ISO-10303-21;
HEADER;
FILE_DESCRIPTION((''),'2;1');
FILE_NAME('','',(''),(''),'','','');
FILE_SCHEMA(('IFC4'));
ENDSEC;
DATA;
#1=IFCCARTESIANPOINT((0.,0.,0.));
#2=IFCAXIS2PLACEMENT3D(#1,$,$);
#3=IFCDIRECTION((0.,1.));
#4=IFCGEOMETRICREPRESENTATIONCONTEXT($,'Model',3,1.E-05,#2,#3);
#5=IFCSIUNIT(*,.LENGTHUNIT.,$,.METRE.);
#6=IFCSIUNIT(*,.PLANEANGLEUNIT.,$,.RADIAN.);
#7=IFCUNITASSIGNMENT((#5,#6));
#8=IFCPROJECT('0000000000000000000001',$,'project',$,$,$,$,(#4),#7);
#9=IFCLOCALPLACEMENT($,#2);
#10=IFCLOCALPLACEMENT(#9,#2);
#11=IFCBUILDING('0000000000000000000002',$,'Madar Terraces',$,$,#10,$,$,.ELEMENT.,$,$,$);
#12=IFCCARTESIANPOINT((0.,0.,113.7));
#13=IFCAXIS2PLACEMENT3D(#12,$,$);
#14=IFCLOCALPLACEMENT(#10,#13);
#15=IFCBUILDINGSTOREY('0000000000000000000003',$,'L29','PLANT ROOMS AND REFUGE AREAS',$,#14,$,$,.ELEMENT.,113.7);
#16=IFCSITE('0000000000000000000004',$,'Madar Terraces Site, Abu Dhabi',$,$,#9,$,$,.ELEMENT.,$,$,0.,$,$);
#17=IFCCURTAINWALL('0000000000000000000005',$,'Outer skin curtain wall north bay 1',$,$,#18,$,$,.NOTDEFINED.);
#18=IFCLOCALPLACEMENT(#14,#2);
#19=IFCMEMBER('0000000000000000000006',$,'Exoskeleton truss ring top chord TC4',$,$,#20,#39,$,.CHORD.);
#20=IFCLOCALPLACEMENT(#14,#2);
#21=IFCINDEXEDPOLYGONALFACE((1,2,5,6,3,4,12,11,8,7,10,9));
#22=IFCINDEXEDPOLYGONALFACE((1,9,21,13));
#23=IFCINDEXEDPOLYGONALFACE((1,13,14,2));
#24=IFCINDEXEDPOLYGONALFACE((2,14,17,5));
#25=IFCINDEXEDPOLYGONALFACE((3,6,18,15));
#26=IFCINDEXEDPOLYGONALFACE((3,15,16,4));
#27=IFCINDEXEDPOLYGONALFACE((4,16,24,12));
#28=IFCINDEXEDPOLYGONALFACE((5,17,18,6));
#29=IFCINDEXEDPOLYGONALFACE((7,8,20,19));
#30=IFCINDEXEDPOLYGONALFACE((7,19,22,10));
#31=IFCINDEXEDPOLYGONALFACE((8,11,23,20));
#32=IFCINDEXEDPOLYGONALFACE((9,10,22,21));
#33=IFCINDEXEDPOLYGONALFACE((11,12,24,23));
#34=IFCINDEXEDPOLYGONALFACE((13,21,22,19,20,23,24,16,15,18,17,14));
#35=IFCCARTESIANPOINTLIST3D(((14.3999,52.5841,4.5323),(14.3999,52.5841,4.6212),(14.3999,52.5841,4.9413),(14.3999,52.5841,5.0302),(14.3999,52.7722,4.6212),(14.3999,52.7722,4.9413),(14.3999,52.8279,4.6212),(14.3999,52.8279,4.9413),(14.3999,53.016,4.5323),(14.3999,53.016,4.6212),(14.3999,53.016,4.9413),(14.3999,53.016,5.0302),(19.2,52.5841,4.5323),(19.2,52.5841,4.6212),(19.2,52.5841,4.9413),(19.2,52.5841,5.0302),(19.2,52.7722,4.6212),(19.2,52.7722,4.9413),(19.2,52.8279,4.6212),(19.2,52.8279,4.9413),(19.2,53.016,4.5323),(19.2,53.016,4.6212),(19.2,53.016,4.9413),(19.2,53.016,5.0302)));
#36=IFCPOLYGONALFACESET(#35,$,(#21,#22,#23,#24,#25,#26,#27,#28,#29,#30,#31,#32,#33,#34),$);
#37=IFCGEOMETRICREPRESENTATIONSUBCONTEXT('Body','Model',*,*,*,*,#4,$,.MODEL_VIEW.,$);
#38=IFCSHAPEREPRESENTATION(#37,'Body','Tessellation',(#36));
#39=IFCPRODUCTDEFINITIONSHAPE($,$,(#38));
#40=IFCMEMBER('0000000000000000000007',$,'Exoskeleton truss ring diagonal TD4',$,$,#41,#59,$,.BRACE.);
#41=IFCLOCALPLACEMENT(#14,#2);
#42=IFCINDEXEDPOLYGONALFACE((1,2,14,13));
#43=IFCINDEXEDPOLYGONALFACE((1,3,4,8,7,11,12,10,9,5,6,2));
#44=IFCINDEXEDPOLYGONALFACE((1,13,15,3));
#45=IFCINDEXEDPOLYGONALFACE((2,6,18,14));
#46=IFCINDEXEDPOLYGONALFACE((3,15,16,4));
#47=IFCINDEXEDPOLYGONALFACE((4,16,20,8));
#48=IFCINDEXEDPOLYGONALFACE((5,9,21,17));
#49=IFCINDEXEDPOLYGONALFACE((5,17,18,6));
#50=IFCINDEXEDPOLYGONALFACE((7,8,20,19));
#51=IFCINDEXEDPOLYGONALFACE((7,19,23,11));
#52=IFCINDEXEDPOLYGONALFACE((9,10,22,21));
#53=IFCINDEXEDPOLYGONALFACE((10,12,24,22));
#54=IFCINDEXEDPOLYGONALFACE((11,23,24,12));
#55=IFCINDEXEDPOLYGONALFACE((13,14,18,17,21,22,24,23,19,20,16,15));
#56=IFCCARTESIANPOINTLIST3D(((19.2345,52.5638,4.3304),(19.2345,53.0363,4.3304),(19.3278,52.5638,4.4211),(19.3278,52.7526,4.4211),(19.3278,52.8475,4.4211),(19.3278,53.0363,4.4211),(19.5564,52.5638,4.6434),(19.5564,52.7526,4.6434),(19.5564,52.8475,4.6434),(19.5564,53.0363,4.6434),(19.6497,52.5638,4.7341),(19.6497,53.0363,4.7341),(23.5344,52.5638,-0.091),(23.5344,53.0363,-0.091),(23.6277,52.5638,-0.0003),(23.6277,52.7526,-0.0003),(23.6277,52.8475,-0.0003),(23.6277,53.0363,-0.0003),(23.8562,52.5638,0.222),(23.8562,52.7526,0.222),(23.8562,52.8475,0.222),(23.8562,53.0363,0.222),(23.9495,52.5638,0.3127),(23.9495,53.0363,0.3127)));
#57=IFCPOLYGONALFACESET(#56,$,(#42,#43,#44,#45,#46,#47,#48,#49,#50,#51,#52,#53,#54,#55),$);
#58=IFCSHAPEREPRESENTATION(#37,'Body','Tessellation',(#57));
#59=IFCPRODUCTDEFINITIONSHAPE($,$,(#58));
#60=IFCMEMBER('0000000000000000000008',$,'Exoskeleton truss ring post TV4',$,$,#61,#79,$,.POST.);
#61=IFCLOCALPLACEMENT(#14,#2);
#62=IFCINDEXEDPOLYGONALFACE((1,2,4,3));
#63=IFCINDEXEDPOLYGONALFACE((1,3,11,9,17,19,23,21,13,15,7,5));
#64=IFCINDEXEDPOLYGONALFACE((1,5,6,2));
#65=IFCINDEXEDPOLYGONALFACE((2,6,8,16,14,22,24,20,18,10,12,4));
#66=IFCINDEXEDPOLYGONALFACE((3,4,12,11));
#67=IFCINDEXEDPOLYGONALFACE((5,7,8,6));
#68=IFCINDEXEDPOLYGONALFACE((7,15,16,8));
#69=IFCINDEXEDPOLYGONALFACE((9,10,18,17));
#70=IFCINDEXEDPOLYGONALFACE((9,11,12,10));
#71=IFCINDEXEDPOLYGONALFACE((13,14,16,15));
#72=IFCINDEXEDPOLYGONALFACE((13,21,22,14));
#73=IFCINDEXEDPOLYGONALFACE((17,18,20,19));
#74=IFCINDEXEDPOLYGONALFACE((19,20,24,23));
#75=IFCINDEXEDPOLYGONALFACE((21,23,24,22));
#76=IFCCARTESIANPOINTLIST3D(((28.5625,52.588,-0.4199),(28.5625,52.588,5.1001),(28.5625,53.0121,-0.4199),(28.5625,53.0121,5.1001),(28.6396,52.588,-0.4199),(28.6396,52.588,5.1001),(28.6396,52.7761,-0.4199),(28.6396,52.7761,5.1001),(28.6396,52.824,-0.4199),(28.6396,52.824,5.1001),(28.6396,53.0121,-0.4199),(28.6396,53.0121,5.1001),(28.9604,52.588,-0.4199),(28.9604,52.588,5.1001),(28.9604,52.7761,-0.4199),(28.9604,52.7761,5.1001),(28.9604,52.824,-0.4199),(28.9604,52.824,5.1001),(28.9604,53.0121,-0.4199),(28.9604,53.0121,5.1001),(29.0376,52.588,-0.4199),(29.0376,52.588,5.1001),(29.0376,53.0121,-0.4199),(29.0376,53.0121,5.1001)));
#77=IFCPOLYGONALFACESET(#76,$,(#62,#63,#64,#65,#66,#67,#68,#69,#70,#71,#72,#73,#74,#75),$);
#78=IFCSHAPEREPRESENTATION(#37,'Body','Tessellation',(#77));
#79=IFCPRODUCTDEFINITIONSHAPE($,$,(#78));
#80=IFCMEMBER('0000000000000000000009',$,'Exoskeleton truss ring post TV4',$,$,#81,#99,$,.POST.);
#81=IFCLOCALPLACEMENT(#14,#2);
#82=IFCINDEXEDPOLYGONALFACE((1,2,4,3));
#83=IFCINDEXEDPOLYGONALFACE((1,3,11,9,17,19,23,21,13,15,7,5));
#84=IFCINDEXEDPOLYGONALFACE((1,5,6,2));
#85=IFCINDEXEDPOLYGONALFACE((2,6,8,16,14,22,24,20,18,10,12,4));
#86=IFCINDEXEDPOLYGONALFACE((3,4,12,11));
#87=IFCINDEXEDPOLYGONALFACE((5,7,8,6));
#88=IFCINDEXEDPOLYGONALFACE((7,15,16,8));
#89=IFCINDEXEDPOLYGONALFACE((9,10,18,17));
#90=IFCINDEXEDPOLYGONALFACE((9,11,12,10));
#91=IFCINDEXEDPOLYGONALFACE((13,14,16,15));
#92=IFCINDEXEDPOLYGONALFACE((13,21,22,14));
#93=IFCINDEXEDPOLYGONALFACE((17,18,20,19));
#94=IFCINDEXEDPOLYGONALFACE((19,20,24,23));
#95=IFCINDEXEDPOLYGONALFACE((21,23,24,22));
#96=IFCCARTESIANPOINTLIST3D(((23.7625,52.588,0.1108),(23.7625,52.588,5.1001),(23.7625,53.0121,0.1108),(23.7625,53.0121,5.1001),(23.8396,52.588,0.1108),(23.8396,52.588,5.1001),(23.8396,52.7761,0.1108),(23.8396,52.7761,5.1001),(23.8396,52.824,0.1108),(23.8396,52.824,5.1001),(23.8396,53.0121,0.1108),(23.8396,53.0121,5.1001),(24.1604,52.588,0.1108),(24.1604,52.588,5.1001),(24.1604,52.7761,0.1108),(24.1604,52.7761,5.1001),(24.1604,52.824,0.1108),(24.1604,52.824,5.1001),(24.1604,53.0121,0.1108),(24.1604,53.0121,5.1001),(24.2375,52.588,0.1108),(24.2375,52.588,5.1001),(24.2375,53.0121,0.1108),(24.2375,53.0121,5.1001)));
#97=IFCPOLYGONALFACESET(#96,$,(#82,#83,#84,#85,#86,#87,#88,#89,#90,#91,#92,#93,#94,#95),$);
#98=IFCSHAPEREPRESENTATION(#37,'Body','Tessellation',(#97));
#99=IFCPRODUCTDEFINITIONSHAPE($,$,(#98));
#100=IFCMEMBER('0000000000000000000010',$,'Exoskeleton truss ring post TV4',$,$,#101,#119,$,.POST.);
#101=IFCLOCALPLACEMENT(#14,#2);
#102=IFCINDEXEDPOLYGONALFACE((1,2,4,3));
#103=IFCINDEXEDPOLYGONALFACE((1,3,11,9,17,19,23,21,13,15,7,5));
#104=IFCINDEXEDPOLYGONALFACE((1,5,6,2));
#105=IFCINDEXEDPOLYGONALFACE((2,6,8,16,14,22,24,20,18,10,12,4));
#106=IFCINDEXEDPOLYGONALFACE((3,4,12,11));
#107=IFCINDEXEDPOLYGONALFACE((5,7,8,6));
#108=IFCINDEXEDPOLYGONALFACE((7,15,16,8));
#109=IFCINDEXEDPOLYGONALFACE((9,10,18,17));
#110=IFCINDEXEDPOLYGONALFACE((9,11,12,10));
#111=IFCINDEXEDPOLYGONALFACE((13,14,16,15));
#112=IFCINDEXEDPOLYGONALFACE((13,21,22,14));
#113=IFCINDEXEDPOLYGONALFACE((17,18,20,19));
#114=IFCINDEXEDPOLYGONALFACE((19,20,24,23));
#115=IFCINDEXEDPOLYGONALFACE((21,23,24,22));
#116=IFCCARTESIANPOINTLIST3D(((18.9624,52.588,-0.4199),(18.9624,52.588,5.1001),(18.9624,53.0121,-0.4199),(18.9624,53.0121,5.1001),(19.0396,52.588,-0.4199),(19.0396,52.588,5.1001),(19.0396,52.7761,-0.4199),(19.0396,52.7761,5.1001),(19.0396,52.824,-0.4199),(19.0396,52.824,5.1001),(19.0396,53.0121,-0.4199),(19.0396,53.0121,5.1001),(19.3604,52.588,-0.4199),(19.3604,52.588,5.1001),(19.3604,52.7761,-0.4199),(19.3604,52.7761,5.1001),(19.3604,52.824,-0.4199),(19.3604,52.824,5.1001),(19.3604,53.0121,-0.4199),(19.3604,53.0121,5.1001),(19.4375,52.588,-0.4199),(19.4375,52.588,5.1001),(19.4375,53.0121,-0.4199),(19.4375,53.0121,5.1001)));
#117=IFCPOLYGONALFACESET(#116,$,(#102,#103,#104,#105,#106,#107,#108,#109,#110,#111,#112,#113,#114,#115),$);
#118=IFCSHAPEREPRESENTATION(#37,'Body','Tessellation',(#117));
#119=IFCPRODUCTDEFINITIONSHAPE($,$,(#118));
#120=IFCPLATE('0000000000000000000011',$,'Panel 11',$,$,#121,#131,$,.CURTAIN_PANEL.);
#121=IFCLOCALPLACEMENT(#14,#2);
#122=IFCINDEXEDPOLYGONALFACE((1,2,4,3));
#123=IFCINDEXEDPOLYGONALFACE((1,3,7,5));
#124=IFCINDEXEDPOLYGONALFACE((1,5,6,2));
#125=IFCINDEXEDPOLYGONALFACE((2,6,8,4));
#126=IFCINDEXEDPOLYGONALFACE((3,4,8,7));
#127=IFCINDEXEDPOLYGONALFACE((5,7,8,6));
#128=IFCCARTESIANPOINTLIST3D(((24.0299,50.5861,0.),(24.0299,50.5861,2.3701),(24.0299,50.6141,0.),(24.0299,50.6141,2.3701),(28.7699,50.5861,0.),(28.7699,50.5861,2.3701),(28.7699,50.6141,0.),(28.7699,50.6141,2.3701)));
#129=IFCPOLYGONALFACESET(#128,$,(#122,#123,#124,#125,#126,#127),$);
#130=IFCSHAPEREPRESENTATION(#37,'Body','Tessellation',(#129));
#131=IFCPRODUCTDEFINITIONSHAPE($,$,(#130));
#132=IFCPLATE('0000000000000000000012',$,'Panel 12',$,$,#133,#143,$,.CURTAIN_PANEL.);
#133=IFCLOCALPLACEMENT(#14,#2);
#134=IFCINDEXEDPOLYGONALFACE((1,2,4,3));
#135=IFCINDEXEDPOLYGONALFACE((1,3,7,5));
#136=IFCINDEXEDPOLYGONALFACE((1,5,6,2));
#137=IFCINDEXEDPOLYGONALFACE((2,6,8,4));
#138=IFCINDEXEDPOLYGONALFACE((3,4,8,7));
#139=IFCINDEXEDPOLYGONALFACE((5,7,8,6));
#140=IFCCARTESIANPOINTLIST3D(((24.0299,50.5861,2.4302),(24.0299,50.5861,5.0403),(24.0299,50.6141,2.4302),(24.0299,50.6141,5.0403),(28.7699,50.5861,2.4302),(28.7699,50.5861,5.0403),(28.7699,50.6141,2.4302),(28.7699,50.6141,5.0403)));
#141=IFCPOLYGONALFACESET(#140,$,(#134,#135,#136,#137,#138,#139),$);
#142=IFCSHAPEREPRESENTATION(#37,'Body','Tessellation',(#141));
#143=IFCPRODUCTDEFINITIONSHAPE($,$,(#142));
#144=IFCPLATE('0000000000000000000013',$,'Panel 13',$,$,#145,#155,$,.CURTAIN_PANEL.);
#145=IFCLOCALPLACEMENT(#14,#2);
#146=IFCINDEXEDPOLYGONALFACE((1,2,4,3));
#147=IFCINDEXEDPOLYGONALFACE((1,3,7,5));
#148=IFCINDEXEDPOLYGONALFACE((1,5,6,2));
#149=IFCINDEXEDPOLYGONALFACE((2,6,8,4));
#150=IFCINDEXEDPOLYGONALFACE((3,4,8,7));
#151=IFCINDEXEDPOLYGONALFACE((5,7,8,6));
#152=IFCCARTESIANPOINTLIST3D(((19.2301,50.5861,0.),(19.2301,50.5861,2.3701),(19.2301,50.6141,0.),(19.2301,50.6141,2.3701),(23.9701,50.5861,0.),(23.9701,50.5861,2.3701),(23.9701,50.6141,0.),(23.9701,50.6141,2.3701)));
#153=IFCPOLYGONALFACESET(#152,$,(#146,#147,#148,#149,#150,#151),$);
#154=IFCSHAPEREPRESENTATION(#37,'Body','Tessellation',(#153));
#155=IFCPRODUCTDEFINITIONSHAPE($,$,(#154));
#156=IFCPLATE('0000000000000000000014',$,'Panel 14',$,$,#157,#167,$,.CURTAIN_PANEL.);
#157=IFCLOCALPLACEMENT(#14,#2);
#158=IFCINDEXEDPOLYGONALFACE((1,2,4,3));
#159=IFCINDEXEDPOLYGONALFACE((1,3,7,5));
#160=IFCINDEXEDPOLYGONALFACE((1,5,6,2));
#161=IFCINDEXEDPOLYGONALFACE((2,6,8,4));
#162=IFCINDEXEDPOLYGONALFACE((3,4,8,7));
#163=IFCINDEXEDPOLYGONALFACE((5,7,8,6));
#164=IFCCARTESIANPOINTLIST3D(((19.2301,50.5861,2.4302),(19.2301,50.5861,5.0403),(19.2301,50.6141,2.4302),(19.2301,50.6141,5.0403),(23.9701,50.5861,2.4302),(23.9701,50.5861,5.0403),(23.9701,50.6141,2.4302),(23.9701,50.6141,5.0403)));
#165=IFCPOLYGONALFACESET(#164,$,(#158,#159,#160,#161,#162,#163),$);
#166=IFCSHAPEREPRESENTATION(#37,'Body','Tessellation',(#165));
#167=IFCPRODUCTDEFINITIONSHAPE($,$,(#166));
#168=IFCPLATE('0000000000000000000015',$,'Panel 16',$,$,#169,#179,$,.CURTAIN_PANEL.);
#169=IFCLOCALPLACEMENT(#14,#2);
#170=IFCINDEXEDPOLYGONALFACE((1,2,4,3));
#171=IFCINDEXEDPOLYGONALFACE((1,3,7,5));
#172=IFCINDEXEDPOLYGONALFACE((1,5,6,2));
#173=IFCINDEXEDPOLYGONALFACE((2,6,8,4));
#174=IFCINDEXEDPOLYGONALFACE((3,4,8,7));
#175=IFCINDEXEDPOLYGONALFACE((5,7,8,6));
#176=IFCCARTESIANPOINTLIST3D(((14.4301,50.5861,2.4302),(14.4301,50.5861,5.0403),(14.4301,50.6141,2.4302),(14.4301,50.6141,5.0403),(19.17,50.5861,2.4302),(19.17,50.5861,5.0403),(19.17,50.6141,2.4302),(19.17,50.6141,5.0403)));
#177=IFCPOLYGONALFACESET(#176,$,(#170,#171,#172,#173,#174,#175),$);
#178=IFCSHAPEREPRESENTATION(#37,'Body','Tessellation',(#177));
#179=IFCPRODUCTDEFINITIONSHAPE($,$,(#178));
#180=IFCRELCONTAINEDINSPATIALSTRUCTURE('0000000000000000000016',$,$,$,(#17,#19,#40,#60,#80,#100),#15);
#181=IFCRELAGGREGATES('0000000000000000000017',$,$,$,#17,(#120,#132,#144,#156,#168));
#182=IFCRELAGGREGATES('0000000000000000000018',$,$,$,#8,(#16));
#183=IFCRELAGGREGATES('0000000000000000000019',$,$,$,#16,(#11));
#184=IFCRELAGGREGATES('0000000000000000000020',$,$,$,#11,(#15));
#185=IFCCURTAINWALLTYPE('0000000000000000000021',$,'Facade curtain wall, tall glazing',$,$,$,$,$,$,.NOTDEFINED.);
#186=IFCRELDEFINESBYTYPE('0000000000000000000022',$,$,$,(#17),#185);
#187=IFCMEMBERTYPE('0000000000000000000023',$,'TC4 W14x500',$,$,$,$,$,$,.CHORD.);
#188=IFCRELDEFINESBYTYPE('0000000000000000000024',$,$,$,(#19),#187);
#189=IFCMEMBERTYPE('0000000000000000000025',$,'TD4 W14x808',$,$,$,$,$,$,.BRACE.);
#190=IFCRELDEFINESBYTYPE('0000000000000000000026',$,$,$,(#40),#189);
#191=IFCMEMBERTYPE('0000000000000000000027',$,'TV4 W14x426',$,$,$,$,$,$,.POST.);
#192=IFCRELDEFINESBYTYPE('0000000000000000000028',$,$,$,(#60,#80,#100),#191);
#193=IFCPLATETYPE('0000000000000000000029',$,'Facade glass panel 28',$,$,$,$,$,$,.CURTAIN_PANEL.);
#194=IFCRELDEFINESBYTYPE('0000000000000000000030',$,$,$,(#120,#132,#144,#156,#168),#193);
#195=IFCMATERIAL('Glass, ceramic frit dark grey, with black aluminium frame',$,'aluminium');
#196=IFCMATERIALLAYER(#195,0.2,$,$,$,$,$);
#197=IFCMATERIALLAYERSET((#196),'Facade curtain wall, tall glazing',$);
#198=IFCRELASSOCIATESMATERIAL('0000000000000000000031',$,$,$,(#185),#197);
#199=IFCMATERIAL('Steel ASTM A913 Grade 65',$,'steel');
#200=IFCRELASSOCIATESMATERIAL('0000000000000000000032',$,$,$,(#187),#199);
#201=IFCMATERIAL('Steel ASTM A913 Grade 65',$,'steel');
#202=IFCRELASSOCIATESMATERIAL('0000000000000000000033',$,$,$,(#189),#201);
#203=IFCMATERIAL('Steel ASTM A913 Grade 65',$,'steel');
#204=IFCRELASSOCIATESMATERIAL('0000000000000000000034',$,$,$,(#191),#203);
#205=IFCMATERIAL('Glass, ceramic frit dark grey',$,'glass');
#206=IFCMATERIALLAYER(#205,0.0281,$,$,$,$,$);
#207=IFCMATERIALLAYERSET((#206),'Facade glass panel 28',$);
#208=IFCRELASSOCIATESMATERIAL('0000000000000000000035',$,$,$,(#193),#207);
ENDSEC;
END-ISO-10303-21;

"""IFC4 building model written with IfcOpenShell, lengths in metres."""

from ifc_helpers import new_model, si_unit, direction, frame, origin, origin_2d, place, context, subcontext, project, spatial, rectangle, i_section, extrude, material, layer, layer_set, material_profile, profile_set, type_object, element, aggregate, save


model = new_model("IFC4")

# Units and contexts
model_context = context("Model", 3, precision=1e-05, world=origin(), true_north=direction((0.0, 1.0)))
body_context = subcontext(model_context, "Body", "Model", "MODEL_VIEW")
ifc_project = project(units=[si_unit("LENGTHUNIT", "METRE"), si_unit("PLANEANGLEUNIT", "RADIAN")], contexts=[model_context])

# Site, building, storey
site_placement = place(None, origin())
site = spatial("IfcSite", under=ifc_project, at=site_placement, Name="Madar Terraces Site, Abu Dhabi", CompositionType="ELEMENT", RefElevation=0.0)
building_placement = place(site_placement, origin())
building = spatial("IfcBuilding", under=site, at=building_placement, Name="Madar Terraces", CompositionType="ELEMENT")
storey_placement = place(building_placement, frame((0.0, 0.0, 113.7)))
storey = spatial("IfcBuildingStorey", under=building, at=storey_placement, Name="L29", Description="PLANT ROOMS AND REFUGE AREAS", CompositionType="ELEMENT", Elevation=113.7)

# Curtain wall
ifc_material_1 = material(Name="Glass, ceramic frit dark grey, with black aluminium frame", Category="aluminium")
ifc_layer_1 = layer(ifc_material_1, 0.2)
ifc_layer_set_1 = layer_set([ifc_layer_1], Name="Facade curtain wall, tall glazing")
curtain_wall_type = type_object("IfcCurtainWallType", Name="Facade curtain wall, tall glazing", PredefinedType="NOTDEFINED", material=ifc_layer_set_1)
curtain_wall_placement = place(storey_placement, origin())
curtain_wall = element("IfcCurtainWall", 1, at=curtain_wall_placement, inside=storey, type_object=curtain_wall_type, Name="Outer skin curtain wall north bay 1", PredefinedType="NOTDEFINED")

# Members
ifc_material_2 = material(Name="Steel ASTM A913 Grade 65", Category="steel")
ifc_material_profile_1 = material_profile(ifc_material_2, i_section(OverallWidth=0.4319, OverallDepth=0.4978, WebThickness=0.0557, FlangeThickness=0.0889, at=origin_2d()), Name="W14x500")
ifc_profile_set_1 = profile_set([ifc_material_profile_1], Name="Steel ASTM A913 Grade 65")
member_type_1 = type_object("IfcMemberType", Name="TC4 W14x500", PredefinedType="CHORD", material=ifc_profile_set_1)
for number, where, z_axis, x_axis, name in (
    (2, (19.2, 52.8, 4.7812), (-1.0, 0.0, 0.0), (0.0, -1.0, 0.0), "Exoskeleton truss ring top chord TC4"),
):
    element("IfcMember", number, at=place(storey_placement, frame(where, z_axis=z_axis, x_axis=x_axis)), inside=storey, type_object=member_type_1, Name=name, PredefinedType="CHORD", context=body_context, shape_type="SweptSolid", body=[
        extrude(i_section(OverallWidth=0.4319, OverallDepth=0.4978, WebThickness=0.0557, FlangeThickness=0.0889, at=origin_2d()), origin(), (0.0, 0.0, 1.0), 4.8),
    ])
ifc_material_3 = material(Name="Steel ASTM A913 Grade 65", Category="steel")
ifc_material_profile_2 = material_profile(ifc_material_3, i_section(OverallWidth=0.4724, OverallDepth=0.5791, WebThickness=0.095, FlangeThickness=0.1301, at=origin_2d()), Name="W14x808")
ifc_profile_set_2 = profile_set([ifc_material_profile_2], Name="Steel ASTM A913 Grade 65")
member_type_2 = type_object("IfcMemberType", Name="TD4 W14x808", PredefinedType="BRACE", material=ifc_profile_set_2)
member_1_placement = place(storey_placement, frame((23.7419, 52.8, 0.1108), z_axis=(-0.697181, 0.0, 0.716895), x_axis=(0.0, -1.0, 0.0)))
element("IfcMember", 3, at=member_1_placement, inside=storey, type_object=member_type_2, Name="Exoskeleton truss ring diagonal TD4", PredefinedType="BRACE", context=body_context, shape_type="SweptSolid", body=[
    extrude(i_section(OverallWidth=0.4724, OverallDepth=0.5791, WebThickness=0.095, FlangeThickness=0.1301, at=origin_2d()), origin(), (0.0, 0.0, 1.0), 6.1675),
])
ifc_material_4 = material(Name="Steel ASTM A913 Grade 65", Category="steel")
ifc_material_profile_3 = material_profile(ifc_material_4, i_section(OverallWidth=0.4241, OverallDepth=0.4751, WebThickness=0.0479, FlangeThickness=0.0771, at=origin_2d()), Name="W14x426")
ifc_profile_set_3 = profile_set([ifc_material_profile_3], Name="Steel ASTM A913 Grade 65")
member_type_3 = type_object("IfcMemberType", Name="TV4 W14x426", PredefinedType="POST", material=ifc_profile_set_3)
member_2_placement = place(storey_placement, frame((28.8, 52.8, -0.4199), z_axis=(0.0, 0.0, 1.0), x_axis=(0.0, -1.0, 0.0)))
element("IfcMember", 4, at=member_2_placement, inside=storey, type_object=member_type_3, Name="Exoskeleton truss ring post TV4", PredefinedType="POST", context=body_context, shape_type="SweptSolid", body=[
    extrude(i_section(OverallWidth=0.4241, OverallDepth=0.4751, WebThickness=0.0479, FlangeThickness=0.0771, at=origin_2d()), origin(), (0.0, 0.0, 1.0), 5.52),
])
member_3_placement = place(storey_placement, frame((24.0, 52.8, 0.1108), z_axis=(0.0, 0.0, 1.0), x_axis=(0.0, -1.0, 0.0)))
element("IfcMember", 5, at=member_3_placement, inside=storey, type_object=member_type_3, Name="Exoskeleton truss ring post TV4", PredefinedType="POST", context=body_context, shape_type="SweptSolid", body=[
    extrude(i_section(OverallWidth=0.4241, OverallDepth=0.4751, WebThickness=0.0479, FlangeThickness=0.0771, at=origin_2d()), origin(), (0.0, 0.0, 1.0), 4.9893),
])
member_4_placement = place(storey_placement, frame((19.2, 52.8, -0.4199), z_axis=(0.0, 0.0, 1.0), x_axis=(0.0, -1.0, 0.0)))
element("IfcMember", 6, at=member_4_placement, inside=storey, type_object=member_type_3, Name="Exoskeleton truss ring post TV4", PredefinedType="POST", context=body_context, shape_type="SweptSolid", body=[
    extrude(i_section(OverallWidth=0.4241, OverallDepth=0.4751, WebThickness=0.0479, FlangeThickness=0.0771, at=origin_2d()), origin(), (0.0, 0.0, 1.0), 5.52),
])

# Plates
ifc_material_5 = material(Name="Glass, ceramic frit dark grey", Category="glass")
ifc_layer_2 = layer(ifc_material_5, 0.0281)
ifc_layer_set_2 = layer_set([ifc_layer_2], Name="Facade glass panel 28")
plate_type = type_object("IfcPlateType", Name="Facade glass panel 28", PredefinedType="CURTAIN_PANEL", material=ifc_layer_set_2)
plate_1_placement = place(storey_placement, frame((26.3999, 50.6001, 0.0), z_axis=(0.0, 0.0, 1.0), x_axis=(-1.0, 0.0, 0.0)))
plate_1 = element("IfcPlate", 7, at=plate_1_placement, type_object=plate_type, Name="Panel 11", PredefinedType="CURTAIN_PANEL", context=body_context, shape_type="SweptSolid", body=[
    extrude(rectangle(XDim=4.74, YDim=0.0281, at=origin_2d()), origin(), (0.0, 0.0, 1.0), 2.3701),
])
plate_2_placement = place(storey_placement, frame((26.3999, 50.6001, 2.4302), z_axis=(0.0, 0.0, 1.0), x_axis=(-1.0, 0.0, 0.0)))
plate_2 = element("IfcPlate", 8, at=plate_2_placement, type_object=plate_type, Name="Panel 12", PredefinedType="CURTAIN_PANEL", context=body_context, shape_type="SweptSolid", body=[
    extrude(rectangle(XDim=4.74, YDim=0.0281, at=origin_2d()), origin(), (0.0, 0.0, 1.0), 2.6101),
])
plate_3_placement = place(storey_placement, frame((21.6001, 50.6001, 0.0), z_axis=(0.0, 0.0, 1.0), x_axis=(-1.0, 0.0, 0.0)))
plate_3 = element("IfcPlate", 9, at=plate_3_placement, type_object=plate_type, Name="Panel 13", PredefinedType="CURTAIN_PANEL", context=body_context, shape_type="SweptSolid", body=[
    extrude(rectangle(XDim=4.74, YDim=0.0281, at=origin_2d()), origin(), (0.0, 0.0, 1.0), 2.3701),
])
plate_4_placement = place(storey_placement, frame((21.6001, 50.6001, 2.4302), z_axis=(0.0, 0.0, 1.0), x_axis=(-1.0, 0.0, 0.0)))
plate_4 = element("IfcPlate", 10, at=plate_4_placement, type_object=plate_type, Name="Panel 14", PredefinedType="CURTAIN_PANEL", context=body_context, shape_type="SweptSolid", body=[
    extrude(rectangle(XDim=4.74, YDim=0.0281, at=origin_2d()), origin(), (0.0, 0.0, 1.0), 2.6101),
])
plate_5_placement = place(storey_placement, frame((16.8, 50.6001, 2.4302), z_axis=(0.0, 0.0, 1.0), x_axis=(-1.0, 0.0, 0.0)))
plate_5 = element("IfcPlate", 11, at=plate_5_placement, type_object=plate_type, Name="Panel 16", PredefinedType="CURTAIN_PANEL", context=body_context, shape_type="SweptSolid", body=[
    extrude(rectangle(XDim=4.74, YDim=0.0281, at=origin_2d()), origin(), (0.0, 0.0, 1.0), 2.6101),
])
aggregate(curtain_wall, [plate_1, plate_2, plate_3, plate_4, plate_5])

save(model, "model.ifc")
